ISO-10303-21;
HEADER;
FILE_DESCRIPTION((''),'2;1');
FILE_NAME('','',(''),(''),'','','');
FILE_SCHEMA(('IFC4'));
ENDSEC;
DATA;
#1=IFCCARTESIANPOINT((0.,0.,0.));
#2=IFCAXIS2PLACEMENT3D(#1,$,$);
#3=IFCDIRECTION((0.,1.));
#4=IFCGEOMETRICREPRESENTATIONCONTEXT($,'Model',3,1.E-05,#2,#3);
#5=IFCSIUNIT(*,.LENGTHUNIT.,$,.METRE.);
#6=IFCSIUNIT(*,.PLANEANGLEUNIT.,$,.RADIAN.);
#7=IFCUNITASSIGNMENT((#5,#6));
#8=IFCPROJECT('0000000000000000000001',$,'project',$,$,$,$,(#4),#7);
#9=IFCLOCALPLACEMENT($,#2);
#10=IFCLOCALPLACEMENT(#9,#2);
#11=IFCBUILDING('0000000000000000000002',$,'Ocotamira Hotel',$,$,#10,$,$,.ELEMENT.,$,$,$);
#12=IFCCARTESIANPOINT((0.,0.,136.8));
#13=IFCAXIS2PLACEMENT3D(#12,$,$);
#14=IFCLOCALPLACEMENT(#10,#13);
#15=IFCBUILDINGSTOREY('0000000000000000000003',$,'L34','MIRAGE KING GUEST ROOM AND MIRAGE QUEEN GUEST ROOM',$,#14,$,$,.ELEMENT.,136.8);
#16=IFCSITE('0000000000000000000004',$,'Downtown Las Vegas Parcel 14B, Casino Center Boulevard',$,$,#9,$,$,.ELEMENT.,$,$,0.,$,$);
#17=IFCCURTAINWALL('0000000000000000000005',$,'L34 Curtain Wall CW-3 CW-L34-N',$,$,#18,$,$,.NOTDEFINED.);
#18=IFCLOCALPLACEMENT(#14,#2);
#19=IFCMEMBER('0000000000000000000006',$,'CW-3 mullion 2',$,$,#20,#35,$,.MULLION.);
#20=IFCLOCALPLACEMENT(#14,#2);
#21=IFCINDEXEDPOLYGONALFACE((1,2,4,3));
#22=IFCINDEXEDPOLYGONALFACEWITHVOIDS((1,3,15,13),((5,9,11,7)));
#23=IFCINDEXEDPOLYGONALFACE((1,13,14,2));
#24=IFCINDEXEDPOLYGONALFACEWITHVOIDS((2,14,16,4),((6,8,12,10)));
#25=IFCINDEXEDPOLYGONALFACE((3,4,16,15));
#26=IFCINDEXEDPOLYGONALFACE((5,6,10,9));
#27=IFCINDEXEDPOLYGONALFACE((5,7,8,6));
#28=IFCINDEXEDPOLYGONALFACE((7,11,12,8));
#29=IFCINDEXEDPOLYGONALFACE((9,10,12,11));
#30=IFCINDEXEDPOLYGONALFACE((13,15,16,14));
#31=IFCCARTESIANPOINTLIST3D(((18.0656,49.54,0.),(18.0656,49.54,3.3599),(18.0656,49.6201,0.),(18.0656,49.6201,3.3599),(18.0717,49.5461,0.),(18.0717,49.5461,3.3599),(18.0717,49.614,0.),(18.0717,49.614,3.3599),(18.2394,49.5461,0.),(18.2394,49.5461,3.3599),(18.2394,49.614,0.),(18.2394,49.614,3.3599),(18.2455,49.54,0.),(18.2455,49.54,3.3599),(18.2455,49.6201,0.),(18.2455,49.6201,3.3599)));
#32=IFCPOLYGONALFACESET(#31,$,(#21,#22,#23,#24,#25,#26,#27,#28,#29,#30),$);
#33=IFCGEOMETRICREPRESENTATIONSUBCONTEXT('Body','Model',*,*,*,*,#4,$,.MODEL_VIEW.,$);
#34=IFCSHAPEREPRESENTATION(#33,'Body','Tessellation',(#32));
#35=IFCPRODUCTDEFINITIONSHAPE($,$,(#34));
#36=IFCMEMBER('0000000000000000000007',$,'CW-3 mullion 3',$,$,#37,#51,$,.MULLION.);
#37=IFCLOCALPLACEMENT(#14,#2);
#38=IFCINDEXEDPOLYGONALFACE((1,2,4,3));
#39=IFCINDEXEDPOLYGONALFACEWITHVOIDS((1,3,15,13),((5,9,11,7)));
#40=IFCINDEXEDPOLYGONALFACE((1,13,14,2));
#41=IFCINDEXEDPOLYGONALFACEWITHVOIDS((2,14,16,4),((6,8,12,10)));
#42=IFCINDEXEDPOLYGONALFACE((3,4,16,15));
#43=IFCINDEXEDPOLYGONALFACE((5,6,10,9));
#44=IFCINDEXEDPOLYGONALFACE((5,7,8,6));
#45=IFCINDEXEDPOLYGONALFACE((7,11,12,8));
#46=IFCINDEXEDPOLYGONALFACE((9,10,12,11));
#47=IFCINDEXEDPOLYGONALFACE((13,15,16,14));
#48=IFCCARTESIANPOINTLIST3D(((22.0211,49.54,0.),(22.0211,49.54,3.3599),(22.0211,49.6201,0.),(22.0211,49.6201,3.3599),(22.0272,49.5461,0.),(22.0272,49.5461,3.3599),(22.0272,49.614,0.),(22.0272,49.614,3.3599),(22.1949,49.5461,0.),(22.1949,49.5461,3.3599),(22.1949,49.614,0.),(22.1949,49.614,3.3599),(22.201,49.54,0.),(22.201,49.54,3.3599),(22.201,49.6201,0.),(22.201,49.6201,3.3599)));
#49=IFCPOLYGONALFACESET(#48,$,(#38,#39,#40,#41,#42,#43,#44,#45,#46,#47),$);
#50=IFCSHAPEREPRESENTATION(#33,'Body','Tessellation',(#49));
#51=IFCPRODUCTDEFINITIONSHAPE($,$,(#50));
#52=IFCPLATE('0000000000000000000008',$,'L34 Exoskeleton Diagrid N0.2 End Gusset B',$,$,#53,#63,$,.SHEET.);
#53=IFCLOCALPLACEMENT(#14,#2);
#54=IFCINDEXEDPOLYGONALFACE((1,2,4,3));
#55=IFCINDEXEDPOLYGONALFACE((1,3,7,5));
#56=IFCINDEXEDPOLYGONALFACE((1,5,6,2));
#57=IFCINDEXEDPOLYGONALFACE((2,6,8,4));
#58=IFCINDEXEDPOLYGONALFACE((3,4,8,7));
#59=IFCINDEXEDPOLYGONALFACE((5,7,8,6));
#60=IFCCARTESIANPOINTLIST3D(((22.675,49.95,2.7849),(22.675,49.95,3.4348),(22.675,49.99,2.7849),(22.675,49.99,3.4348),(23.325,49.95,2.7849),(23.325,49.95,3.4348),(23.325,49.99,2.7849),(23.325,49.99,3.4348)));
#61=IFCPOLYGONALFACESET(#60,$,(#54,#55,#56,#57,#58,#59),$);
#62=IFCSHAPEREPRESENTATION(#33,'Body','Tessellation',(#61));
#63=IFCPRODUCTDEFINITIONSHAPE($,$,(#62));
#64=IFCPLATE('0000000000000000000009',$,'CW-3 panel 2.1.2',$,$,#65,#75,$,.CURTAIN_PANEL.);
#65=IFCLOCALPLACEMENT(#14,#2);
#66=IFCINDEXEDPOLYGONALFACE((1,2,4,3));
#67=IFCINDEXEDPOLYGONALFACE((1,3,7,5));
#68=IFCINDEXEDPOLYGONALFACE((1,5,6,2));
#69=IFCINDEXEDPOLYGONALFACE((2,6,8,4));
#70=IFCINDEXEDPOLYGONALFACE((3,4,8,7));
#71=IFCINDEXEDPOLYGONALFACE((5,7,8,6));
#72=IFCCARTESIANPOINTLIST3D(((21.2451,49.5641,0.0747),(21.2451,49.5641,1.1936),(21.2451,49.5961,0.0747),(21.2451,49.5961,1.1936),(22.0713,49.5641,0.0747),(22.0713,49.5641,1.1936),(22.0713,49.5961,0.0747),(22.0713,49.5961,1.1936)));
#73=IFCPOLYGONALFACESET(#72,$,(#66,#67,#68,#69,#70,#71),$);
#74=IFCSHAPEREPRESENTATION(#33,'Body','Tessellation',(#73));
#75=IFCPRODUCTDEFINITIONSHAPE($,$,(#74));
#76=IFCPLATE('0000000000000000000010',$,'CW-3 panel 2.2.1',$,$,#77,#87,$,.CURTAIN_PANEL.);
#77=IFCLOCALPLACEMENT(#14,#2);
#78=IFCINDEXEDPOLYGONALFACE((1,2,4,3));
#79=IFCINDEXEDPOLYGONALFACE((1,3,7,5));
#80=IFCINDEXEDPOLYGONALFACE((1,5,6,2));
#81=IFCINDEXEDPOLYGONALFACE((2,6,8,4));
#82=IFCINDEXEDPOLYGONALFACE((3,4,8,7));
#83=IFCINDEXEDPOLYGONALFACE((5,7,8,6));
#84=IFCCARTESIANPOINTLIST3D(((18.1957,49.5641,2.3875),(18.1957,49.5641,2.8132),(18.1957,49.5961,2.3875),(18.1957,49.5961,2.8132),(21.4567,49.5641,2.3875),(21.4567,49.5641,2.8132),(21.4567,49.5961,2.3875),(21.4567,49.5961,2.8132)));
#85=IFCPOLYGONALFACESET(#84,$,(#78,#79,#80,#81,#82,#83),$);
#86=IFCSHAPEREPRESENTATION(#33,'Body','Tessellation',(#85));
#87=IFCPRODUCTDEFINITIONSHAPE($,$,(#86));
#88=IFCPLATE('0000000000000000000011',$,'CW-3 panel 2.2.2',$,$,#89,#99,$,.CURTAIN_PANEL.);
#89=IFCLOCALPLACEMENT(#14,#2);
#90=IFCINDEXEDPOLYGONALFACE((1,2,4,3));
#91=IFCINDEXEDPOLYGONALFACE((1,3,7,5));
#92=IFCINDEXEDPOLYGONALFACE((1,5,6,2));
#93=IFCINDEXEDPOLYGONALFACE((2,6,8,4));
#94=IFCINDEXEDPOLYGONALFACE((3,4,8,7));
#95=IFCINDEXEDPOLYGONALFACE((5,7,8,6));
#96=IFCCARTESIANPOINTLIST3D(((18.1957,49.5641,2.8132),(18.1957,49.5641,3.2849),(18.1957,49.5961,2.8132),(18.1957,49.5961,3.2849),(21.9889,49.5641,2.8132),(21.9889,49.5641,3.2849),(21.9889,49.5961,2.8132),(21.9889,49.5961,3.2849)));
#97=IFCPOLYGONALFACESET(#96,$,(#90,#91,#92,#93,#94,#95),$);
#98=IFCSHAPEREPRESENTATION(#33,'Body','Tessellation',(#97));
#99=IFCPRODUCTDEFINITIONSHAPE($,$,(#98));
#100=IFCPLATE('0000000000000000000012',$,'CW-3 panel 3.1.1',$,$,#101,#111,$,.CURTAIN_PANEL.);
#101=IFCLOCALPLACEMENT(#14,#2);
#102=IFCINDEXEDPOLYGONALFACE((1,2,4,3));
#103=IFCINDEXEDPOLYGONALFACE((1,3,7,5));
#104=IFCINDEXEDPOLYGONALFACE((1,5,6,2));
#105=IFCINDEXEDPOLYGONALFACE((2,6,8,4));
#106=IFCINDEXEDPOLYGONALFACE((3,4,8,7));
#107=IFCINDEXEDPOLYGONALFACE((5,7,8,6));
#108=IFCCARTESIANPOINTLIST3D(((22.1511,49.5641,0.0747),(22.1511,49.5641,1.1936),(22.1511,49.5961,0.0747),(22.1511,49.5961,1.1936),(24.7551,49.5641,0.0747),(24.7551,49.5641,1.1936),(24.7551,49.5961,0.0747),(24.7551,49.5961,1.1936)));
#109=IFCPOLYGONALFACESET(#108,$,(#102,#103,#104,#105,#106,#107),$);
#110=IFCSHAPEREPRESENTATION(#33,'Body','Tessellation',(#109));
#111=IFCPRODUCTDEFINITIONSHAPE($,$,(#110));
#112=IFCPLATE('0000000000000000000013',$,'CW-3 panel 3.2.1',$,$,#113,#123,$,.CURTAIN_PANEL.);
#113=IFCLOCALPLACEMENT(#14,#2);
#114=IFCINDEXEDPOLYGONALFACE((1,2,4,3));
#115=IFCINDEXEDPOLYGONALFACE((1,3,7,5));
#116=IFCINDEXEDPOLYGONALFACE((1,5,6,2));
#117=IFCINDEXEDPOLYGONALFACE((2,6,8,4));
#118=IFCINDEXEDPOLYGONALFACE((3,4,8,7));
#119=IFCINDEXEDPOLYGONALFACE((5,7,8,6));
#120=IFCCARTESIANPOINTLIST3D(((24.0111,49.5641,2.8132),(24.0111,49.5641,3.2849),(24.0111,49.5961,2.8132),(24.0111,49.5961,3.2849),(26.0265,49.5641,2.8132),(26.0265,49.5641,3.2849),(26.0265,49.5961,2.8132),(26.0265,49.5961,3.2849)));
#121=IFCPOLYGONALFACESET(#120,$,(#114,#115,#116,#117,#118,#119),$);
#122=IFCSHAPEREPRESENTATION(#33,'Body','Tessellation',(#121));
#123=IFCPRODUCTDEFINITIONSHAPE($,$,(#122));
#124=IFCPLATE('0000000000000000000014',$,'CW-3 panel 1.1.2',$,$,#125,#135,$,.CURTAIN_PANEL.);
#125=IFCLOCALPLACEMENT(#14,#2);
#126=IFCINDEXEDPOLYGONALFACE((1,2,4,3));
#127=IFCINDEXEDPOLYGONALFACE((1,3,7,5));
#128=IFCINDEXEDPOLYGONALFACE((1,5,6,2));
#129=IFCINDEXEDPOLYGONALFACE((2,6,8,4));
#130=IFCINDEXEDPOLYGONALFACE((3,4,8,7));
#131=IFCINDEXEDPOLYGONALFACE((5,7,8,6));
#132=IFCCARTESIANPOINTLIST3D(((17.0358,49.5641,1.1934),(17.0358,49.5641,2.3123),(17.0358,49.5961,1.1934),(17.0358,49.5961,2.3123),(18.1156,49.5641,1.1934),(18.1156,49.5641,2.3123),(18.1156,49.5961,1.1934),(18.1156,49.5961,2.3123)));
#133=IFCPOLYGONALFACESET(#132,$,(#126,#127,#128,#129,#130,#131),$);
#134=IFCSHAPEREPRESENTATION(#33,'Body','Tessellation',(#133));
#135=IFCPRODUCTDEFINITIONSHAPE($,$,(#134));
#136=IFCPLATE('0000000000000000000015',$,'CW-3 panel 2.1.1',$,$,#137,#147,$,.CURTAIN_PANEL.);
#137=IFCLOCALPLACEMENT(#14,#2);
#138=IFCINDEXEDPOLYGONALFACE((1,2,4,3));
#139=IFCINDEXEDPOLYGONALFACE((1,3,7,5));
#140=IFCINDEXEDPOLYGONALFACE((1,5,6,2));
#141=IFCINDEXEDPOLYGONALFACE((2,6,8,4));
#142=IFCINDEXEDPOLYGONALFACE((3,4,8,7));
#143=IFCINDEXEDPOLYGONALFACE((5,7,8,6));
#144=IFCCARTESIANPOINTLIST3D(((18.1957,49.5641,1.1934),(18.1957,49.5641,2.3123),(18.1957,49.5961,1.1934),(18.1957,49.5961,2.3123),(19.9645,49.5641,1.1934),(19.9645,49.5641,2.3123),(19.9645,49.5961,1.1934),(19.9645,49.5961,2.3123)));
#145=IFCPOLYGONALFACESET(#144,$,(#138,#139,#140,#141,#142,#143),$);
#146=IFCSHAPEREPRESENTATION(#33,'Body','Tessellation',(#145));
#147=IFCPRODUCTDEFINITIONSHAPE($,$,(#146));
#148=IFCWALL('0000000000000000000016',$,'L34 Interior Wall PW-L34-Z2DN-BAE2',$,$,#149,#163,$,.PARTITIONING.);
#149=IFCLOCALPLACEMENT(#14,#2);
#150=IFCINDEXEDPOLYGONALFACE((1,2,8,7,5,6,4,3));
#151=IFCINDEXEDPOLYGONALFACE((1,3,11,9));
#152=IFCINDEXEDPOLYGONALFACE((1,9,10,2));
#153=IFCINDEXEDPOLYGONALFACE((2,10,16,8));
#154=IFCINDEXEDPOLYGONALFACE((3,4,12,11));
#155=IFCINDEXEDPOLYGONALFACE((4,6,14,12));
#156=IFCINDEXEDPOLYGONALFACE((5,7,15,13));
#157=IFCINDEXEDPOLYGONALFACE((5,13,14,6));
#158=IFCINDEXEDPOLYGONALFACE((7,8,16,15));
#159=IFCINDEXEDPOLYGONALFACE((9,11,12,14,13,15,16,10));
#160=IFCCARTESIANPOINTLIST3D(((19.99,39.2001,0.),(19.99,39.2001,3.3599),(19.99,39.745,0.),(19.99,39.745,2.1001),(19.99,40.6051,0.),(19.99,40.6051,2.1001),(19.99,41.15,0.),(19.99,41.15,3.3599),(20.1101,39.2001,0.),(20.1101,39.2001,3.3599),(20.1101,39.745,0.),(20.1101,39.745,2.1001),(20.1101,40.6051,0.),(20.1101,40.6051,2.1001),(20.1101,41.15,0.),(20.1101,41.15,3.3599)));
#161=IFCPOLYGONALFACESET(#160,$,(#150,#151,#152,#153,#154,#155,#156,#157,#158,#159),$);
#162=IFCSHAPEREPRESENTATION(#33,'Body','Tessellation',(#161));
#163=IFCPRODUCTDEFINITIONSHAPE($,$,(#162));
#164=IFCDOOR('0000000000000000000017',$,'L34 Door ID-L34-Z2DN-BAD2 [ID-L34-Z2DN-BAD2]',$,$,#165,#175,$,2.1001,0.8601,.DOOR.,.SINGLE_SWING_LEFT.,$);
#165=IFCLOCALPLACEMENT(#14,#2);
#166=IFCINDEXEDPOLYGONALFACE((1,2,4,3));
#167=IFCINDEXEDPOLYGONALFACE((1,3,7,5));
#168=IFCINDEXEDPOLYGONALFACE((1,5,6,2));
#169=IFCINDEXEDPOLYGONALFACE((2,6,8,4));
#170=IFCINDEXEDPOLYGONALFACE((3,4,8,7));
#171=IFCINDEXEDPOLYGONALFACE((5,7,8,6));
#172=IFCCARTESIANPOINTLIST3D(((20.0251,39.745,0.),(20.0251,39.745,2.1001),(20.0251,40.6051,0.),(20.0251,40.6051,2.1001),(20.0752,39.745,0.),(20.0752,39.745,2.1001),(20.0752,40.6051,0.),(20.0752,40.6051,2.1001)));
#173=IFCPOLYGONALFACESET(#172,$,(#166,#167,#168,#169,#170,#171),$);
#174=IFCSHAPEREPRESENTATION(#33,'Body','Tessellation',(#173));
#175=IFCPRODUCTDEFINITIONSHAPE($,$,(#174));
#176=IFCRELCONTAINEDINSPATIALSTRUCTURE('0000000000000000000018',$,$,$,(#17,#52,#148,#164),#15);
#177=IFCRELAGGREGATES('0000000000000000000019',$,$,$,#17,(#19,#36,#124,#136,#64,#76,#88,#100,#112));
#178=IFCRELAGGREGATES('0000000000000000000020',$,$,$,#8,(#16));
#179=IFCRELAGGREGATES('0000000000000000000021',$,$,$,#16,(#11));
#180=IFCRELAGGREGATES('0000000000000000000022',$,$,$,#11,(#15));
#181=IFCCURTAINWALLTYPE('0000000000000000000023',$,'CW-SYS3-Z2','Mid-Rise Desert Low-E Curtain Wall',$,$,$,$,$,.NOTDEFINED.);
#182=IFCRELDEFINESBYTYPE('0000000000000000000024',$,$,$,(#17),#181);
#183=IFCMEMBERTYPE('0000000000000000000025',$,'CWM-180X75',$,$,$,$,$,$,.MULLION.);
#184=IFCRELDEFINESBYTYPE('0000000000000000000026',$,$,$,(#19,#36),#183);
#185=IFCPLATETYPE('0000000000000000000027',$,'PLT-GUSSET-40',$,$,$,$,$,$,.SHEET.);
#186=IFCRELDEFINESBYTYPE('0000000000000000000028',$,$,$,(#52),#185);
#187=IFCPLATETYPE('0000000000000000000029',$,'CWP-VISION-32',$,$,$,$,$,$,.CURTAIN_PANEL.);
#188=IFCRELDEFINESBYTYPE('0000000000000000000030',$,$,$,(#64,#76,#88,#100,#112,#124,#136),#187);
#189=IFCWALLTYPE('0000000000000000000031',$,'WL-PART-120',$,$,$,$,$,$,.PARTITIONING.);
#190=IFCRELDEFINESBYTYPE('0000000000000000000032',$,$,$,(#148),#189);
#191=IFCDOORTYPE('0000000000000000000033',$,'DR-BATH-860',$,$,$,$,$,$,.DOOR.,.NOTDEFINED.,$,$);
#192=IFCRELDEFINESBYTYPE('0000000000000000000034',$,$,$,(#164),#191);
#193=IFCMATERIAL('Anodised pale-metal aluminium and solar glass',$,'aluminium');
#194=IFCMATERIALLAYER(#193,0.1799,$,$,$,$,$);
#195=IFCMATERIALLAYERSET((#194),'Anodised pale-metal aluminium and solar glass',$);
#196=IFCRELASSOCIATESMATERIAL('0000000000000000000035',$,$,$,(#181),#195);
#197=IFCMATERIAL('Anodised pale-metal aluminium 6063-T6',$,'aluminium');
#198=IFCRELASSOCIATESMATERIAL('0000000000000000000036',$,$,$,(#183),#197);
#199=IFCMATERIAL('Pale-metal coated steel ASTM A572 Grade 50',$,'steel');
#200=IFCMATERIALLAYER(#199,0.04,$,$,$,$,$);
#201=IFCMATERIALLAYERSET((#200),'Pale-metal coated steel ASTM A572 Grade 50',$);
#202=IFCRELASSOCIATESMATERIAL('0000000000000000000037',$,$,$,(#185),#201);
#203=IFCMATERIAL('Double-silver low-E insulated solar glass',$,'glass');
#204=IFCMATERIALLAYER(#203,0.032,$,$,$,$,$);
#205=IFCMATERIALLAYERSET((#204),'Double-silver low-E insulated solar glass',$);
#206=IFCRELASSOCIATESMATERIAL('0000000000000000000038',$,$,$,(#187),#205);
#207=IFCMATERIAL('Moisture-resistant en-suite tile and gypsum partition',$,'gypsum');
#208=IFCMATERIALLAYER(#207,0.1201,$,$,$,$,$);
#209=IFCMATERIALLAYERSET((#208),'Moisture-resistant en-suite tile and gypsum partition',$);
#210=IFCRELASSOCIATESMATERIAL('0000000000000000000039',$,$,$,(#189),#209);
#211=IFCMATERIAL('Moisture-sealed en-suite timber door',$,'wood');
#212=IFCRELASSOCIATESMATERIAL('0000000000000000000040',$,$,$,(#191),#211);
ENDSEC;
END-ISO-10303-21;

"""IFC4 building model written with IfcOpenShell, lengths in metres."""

from ifc_helpers import new_model, si_unit, direction, frame, frame_2d, origin, origin_2d, place, context, subcontext, project, spatial, rectangle, hollow_rectangle, extrude, source, transform, mapped, material, layer, layer_set, material_profile, profile_set, type_object, element, fill, aggregate, save


model = new_model("IFC4")

# Units and contexts
model_context = context("Model", 3, precision=1e-05, world=origin(), true_north=direction((0.0, 1.0)))
body_context = subcontext(model_context, "Body", "Model", "MODEL_VIEW")
ifc_project = project(units=[si_unit("LENGTHUNIT", "METRE"), si_unit("PLANEANGLEUNIT", "RADIAN")], contexts=[model_context])

# Site, building, storey
site_placement = place(None, origin())
site = spatial("IfcSite", under=ifc_project, at=site_placement, Name="Downtown Las Vegas Parcel 14B, Casino Center Boulevard", CompositionType="ELEMENT", RefElevation=0.0)
building_placement = place(site_placement, origin())
building = spatial("IfcBuilding", under=site, at=building_placement, Name="Ocotamira Hotel", CompositionType="ELEMENT")
storey_placement = place(building_placement, frame((0.0, 0.0, 136.8)))
storey = spatial("IfcBuildingStorey", under=building, at=storey_placement, Name="L34", Description="MIRAGE KING GUEST ROOM AND MIRAGE QUEEN GUEST ROOM", CompositionType="ELEMENT", Elevation=136.8)

# Curtain wall, members
ifc_material_1 = material(Name="Anodised pale-metal aluminium and solar glass", Category="aluminium")
ifc_layer_1 = layer(ifc_material_1, 0.1799)
ifc_layer_set_1 = layer_set([ifc_layer_1], Name="Anodised pale-metal aluminium and solar glass")
curtain_wall_type = type_object("IfcCurtainWallType", Name="CW-SYS3-Z2", Description="Mid-Rise Desert Low-E Curtain Wall", PredefinedType="NOTDEFINED", material=ifc_layer_set_1)
curtain_wall_placement = place(storey_placement, origin())
curtain_wall = element("IfcCurtainWall", 1, at=curtain_wall_placement, inside=storey, type_object=curtain_wall_type, Name="L34 Curtain Wall CW-3 CW-L34-N", PredefinedType="NOTDEFINED")
ifc_material_2 = material(Name="Anodised pale-metal aluminium 6063-T6", Category="aluminium")
ifc_material_profile_1 = material_profile(ifc_material_2, hollow_rectangle(XDim=0.0801, YDim=0.1799, WallThickness=0.0061, at=origin_2d()), Name="HSS180X80X6")
ifc_profile_set_1 = profile_set([ifc_material_profile_1], Name="Anodised pale-metal aluminium 6063-T6")
member_type_1 = type_object("IfcMemberType", Name="CWM-180X75", PredefinedType="MULLION", material=ifc_profile_set_1)
shared_shape_1 = source(origin(), body_context, "Body", "SweptSolid", [
    extrude(hollow_rectangle(XDim=0.0801, YDim=0.1799, WallThickness=0.0061, at=origin_2d()), origin(), (0.0, 0.0, 1.0), 3.3599),
])
member_1_placement = place(storey_placement, frame((18.1555, 49.5801, 0.0), z_axis=(0.0, 0.0, 1.0), x_axis=(0.0, 1.0, 0.0)))
member_1 = element("IfcMember", 2, at=member_1_placement, type_object=member_type_1, Name="CW-3 mullion 2", PredefinedType="MULLION", context=body_context, shape_type="MappedRepresentation", body=[
    mapped(shared_shape_1, transform((0.0, 0.0, 0.0), scale=1.0)),
])
member_2_placement = place(storey_placement, frame((22.1111, 49.5801, 0.0), z_axis=(0.0, 0.0, 1.0), x_axis=(0.0, 1.0, 0.0)))
member_2 = element("IfcMember", 3, at=member_2_placement, type_object=member_type_1, Name="CW-3 mullion 3", PredefinedType="MULLION", context=body_context, shape_type="MappedRepresentation", body=[
    mapped(shared_shape_1, transform((0.0, 0.0, 0.0), scale=1.0)),
])

# Plates
ifc_material_3 = material(Name="Pale-metal coated steel ASTM A572 Grade 50", Category="steel")
ifc_layer_2 = layer(ifc_material_3, 0.04)
ifc_layer_set_2 = layer_set([ifc_layer_2], Name="Pale-metal coated steel ASTM A572 Grade 50")
plate_type_1 = type_object("IfcPlateType", Name="PLT-GUSSET-40", PredefinedType="SHEET", material=ifc_layer_set_2)
shared_shape_2 = source(origin(), body_context, "Body", "SweptSolid", [
    extrude(rectangle(XDim=0.6499, YDim=0.04, at=origin_2d()), origin(), (0.0, 0.0, 1.0), 0.6499),
])
plate_1_placement = place(storey_placement, frame((23.0, 49.97, 2.7849), z_axis=(0.0, 0.0, 1.0), x_axis=(1.0, 0.0, 0.0)))
element("IfcPlate", 4, at=plate_1_placement, inside=storey, type_object=plate_type_1, Name="L34 Exoskeleton Diagrid N0.2 End Gusset B", PredefinedType="SHEET", context=body_context, shape_type="MappedRepresentation", body=[
    mapped(shared_shape_2, transform((0.0, 0.0, 0.0), scale=1.0)),
])
ifc_material_4 = material(Name="Double-silver low-E insulated solar glass", Category="glass")
ifc_layer_3 = layer(ifc_material_4, 0.032)
ifc_layer_set_3 = layer_set([ifc_layer_3], Name="Double-silver low-E insulated solar glass")
plate_type_2 = type_object("IfcPlateType", Name="CWP-VISION-32", PredefinedType="CURTAIN_PANEL", material=ifc_layer_set_3)
shared_shape_3 = source(origin(), body_context, "Body", "SweptSolid", [
    extrude(rectangle(XDim=0.8262, YDim=0.032, at=origin_2d()), origin(), (0.0, 0.0, 1.0), 1.1189),
])
plate_2_placement = place(storey_placement, frame((21.6582, 49.5801, 0.0747), z_axis=(0.0, 0.0, 1.0), x_axis=(1.0, 0.0, 0.0)))
plate_2 = element("IfcPlate", 5, at=plate_2_placement, type_object=plate_type_2, Name="CW-3 panel 2.1.2", PredefinedType="CURTAIN_PANEL", context=body_context, shape_type="MappedRepresentation", body=[
    mapped(shared_shape_3, transform((0.0, 0.0, 0.0), scale=1.0)),
])
shared_shape_4 = source(origin(), body_context, "Body", "SweptSolid", [
    extrude(rectangle(XDim=3.261, YDim=0.032, at=origin_2d()), origin(), (0.0, 0.0, 1.0), 0.4258),
])
plate_3_placement = place(storey_placement, frame((19.8262, 49.5801, 2.3875), z_axis=(0.0, 0.0, 1.0), x_axis=(1.0, 0.0, 0.0)))
plate_3 = element("IfcPlate", 6, at=plate_3_placement, type_object=plate_type_2, Name="CW-3 panel 2.2.1", PredefinedType="CURTAIN_PANEL", context=body_context, shape_type="MappedRepresentation", body=[
    mapped(shared_shape_4, transform((0.0, 0.0, 0.0), scale=1.0)),
])
shared_shape_5 = source(origin(), body_context, "Body", "SweptSolid", [
    extrude(rectangle(XDim=3.7932, YDim=0.032, at=origin_2d()), origin(), (0.0, 0.0, 1.0), 0.4717),
])
plate_4_placement = place(storey_placement, frame((20.0923, 49.5801, 2.8132), z_axis=(0.0, 0.0, 1.0), x_axis=(1.0, 0.0, 0.0)))
plate_4 = element("IfcPlate", 7, at=plate_4_placement, type_object=plate_type_2, Name="CW-3 panel 2.2.2", PredefinedType="CURTAIN_PANEL", context=body_context, shape_type="MappedRepresentation", body=[
    mapped(shared_shape_5, transform((0.0, 0.0, 0.0), scale=1.0)),
])
shared_shape_6 = source(origin(), body_context, "Body", "SweptSolid", [
    extrude(rectangle(XDim=2.604, YDim=0.032, at=origin_2d()), origin(), (0.0, 0.0, 1.0), 1.1189),
])
plate_5_placement = place(storey_placement, frame((23.4531, 49.5801, 0.0747), z_axis=(0.0, 0.0, 1.0), x_axis=(1.0, 0.0, 0.0)))
plate_5 = element("IfcPlate", 8, at=plate_5_placement, type_object=plate_type_2, Name="CW-3 panel 3.1.1", PredefinedType="CURTAIN_PANEL", context=body_context, shape_type="MappedRepresentation", body=[
    mapped(shared_shape_6, transform((0.0, 0.0, 0.0), scale=1.0)),
])
shared_shape_7 = source(origin(), body_context, "Body", "SweptSolid", [
    extrude(rectangle(XDim=2.0154, YDim=0.032, at=origin_2d()), origin(), (0.0, 0.0, 1.0), 0.4717),
])
plate_6_placement = place(storey_placement, frame((25.0188, 49.5801, 2.8132), z_axis=(0.0, 0.0, 1.0), x_axis=(1.0, 0.0, 0.0)))
plate_6 = element("IfcPlate", 9, at=plate_6_placement, type_object=plate_type_2, Name="CW-3 panel 3.2.1", PredefinedType="CURTAIN_PANEL", context=body_context, shape_type="MappedRepresentation", body=[
    mapped(shared_shape_7, transform((0.0, 0.0, 0.0), scale=1.0)),
])
shared_shape_8 = source(origin(), body_context, "Body", "SweptSolid", [
    extrude(rectangle(XDim=1.0798, YDim=0.032, at=origin_2d()), origin(), (0.0, 0.0, 1.0), 1.1189),
])
plate_7_placement = place(storey_placement, frame((17.5757, 49.5801, 1.1934), z_axis=(0.0, 0.0, 1.0), x_axis=(1.0, 0.0, 0.0)))
plate_7 = element("IfcPlate", 10, at=plate_7_placement, type_object=plate_type_2, Name="CW-3 panel 1.1.2", PredefinedType="CURTAIN_PANEL", context=body_context, shape_type="MappedRepresentation", body=[
    mapped(shared_shape_8, transform((0.0, 0.0, 0.0), scale=1.0)),
])
shared_shape_9 = source(origin(), body_context, "Body", "SweptSolid", [
    extrude(rectangle(XDim=1.7688, YDim=0.032, at=origin_2d()), origin(), (0.0, 0.0, 1.0), 1.1189),
])
plate_8_placement = place(storey_placement, frame((19.0801, 49.5801, 1.1934), z_axis=(0.0, 0.0, 1.0), x_axis=(1.0, 0.0, 0.0)))
plate_8 = element("IfcPlate", 11, at=plate_8_placement, type_object=plate_type_2, Name="CW-3 panel 2.1.1", PredefinedType="CURTAIN_PANEL", context=body_context, shape_type="MappedRepresentation", body=[
    mapped(shared_shape_9, transform((0.0, 0.0, 0.0), scale=1.0)),
])
aggregate(curtain_wall, [member_1, member_2, plate_7, plate_8, plate_2, plate_3, plate_4, plate_5, plate_6])

# Wall, opening, door
ifc_material_5 = material(Name="Moisture-resistant en-suite tile and gypsum partition", Category="gypsum")
ifc_layer_4 = layer(ifc_material_5, 0.1201)
ifc_layer_set_4 = layer_set([ifc_layer_4], Name="Moisture-resistant en-suite tile and gypsum partition")
wall_type_1 = type_object("IfcWallType", Name="WL-PART-120", PredefinedType="PARTITIONING", material=ifc_layer_set_4)
wall_1_placement = place(storey_placement, frame((20.05, 39.2, 0.0), z_axis=(0.0, 0.0, 1.0), x_axis=(0.0, 1.0, 0.0)))
wall_1 = element("IfcWall", 12, at=wall_1_placement, inside=storey, type_object=wall_type_1, Name="L34 Interior Wall PW-L34-Z2DN-BAE2", PredefinedType="PARTITIONING", context=body_context, shape_type="SweptSolid", body=[
    extrude(rectangle(XDim=1.95, YDim=0.1201, at=frame_2d((0.9751, 0.0))), origin(), (0.0, 0.0, 1.0), 3.3599),
])
opening_1_placement = place(wall_1_placement, frame((0.5449, 0.0, 0.0)))
opening_1 = element("IfcOpeningElement", 13, at=opening_1_placement, cuts=wall_1, PredefinedType="OPENING", context=body_context, shape_type="SweptSolid", body=[
    extrude(rectangle(XDim=0.8601, YDim=2.1001, at=frame_2d((0.4302, 1.05))), frame((0.0, 0.0701, 0.0), z_axis=(0.0, -1.0, 0.0), x_axis=(1.0, 0.0, 0.0)), (0.0, 0.0, 1.0), 0.1401),
])
ifc_material_6 = material(Name="Moisture-sealed en-suite timber door", Category="wood")
door_type = type_object("IfcDoorType", Name="DR-BATH-860", OperationType="NOTDEFINED", PredefinedType="DOOR", material=ifc_material_6)
shared_shape_10 = source(origin(), body_context, "Body", "SweptSolid", [
    extrude(rectangle(XDim=0.8601, YDim=2.1001, at=frame_2d((0.4302, 1.05))), frame((0.0, 0.0249, 0.0), z_axis=(0.0, -1.0, 0.0), x_axis=(1.0, 0.0, 0.0)), (0.0, 0.0, 1.0), 0.05),
])
door_1_placement = place(opening_1_placement, origin())
door_1 = element("IfcDoor", 14, at=door_1_placement, inside=storey, type_object=door_type, Name="L34 Door ID-L34-Z2DN-BAD2 [ID-L34-Z2DN-BAD2]", OperationType="SINGLE_SWING_LEFT", OverallHeight=2.1001, OverallWidth=0.8601, PredefinedType="DOOR", context=body_context, shape_type="MappedRepresentation", body=[
    mapped(shared_shape_10, transform((0.0, 0.0, 0.0), scale=1.0)),
])
fill(opening_1, door_1)

save(model, "model.ifc")
